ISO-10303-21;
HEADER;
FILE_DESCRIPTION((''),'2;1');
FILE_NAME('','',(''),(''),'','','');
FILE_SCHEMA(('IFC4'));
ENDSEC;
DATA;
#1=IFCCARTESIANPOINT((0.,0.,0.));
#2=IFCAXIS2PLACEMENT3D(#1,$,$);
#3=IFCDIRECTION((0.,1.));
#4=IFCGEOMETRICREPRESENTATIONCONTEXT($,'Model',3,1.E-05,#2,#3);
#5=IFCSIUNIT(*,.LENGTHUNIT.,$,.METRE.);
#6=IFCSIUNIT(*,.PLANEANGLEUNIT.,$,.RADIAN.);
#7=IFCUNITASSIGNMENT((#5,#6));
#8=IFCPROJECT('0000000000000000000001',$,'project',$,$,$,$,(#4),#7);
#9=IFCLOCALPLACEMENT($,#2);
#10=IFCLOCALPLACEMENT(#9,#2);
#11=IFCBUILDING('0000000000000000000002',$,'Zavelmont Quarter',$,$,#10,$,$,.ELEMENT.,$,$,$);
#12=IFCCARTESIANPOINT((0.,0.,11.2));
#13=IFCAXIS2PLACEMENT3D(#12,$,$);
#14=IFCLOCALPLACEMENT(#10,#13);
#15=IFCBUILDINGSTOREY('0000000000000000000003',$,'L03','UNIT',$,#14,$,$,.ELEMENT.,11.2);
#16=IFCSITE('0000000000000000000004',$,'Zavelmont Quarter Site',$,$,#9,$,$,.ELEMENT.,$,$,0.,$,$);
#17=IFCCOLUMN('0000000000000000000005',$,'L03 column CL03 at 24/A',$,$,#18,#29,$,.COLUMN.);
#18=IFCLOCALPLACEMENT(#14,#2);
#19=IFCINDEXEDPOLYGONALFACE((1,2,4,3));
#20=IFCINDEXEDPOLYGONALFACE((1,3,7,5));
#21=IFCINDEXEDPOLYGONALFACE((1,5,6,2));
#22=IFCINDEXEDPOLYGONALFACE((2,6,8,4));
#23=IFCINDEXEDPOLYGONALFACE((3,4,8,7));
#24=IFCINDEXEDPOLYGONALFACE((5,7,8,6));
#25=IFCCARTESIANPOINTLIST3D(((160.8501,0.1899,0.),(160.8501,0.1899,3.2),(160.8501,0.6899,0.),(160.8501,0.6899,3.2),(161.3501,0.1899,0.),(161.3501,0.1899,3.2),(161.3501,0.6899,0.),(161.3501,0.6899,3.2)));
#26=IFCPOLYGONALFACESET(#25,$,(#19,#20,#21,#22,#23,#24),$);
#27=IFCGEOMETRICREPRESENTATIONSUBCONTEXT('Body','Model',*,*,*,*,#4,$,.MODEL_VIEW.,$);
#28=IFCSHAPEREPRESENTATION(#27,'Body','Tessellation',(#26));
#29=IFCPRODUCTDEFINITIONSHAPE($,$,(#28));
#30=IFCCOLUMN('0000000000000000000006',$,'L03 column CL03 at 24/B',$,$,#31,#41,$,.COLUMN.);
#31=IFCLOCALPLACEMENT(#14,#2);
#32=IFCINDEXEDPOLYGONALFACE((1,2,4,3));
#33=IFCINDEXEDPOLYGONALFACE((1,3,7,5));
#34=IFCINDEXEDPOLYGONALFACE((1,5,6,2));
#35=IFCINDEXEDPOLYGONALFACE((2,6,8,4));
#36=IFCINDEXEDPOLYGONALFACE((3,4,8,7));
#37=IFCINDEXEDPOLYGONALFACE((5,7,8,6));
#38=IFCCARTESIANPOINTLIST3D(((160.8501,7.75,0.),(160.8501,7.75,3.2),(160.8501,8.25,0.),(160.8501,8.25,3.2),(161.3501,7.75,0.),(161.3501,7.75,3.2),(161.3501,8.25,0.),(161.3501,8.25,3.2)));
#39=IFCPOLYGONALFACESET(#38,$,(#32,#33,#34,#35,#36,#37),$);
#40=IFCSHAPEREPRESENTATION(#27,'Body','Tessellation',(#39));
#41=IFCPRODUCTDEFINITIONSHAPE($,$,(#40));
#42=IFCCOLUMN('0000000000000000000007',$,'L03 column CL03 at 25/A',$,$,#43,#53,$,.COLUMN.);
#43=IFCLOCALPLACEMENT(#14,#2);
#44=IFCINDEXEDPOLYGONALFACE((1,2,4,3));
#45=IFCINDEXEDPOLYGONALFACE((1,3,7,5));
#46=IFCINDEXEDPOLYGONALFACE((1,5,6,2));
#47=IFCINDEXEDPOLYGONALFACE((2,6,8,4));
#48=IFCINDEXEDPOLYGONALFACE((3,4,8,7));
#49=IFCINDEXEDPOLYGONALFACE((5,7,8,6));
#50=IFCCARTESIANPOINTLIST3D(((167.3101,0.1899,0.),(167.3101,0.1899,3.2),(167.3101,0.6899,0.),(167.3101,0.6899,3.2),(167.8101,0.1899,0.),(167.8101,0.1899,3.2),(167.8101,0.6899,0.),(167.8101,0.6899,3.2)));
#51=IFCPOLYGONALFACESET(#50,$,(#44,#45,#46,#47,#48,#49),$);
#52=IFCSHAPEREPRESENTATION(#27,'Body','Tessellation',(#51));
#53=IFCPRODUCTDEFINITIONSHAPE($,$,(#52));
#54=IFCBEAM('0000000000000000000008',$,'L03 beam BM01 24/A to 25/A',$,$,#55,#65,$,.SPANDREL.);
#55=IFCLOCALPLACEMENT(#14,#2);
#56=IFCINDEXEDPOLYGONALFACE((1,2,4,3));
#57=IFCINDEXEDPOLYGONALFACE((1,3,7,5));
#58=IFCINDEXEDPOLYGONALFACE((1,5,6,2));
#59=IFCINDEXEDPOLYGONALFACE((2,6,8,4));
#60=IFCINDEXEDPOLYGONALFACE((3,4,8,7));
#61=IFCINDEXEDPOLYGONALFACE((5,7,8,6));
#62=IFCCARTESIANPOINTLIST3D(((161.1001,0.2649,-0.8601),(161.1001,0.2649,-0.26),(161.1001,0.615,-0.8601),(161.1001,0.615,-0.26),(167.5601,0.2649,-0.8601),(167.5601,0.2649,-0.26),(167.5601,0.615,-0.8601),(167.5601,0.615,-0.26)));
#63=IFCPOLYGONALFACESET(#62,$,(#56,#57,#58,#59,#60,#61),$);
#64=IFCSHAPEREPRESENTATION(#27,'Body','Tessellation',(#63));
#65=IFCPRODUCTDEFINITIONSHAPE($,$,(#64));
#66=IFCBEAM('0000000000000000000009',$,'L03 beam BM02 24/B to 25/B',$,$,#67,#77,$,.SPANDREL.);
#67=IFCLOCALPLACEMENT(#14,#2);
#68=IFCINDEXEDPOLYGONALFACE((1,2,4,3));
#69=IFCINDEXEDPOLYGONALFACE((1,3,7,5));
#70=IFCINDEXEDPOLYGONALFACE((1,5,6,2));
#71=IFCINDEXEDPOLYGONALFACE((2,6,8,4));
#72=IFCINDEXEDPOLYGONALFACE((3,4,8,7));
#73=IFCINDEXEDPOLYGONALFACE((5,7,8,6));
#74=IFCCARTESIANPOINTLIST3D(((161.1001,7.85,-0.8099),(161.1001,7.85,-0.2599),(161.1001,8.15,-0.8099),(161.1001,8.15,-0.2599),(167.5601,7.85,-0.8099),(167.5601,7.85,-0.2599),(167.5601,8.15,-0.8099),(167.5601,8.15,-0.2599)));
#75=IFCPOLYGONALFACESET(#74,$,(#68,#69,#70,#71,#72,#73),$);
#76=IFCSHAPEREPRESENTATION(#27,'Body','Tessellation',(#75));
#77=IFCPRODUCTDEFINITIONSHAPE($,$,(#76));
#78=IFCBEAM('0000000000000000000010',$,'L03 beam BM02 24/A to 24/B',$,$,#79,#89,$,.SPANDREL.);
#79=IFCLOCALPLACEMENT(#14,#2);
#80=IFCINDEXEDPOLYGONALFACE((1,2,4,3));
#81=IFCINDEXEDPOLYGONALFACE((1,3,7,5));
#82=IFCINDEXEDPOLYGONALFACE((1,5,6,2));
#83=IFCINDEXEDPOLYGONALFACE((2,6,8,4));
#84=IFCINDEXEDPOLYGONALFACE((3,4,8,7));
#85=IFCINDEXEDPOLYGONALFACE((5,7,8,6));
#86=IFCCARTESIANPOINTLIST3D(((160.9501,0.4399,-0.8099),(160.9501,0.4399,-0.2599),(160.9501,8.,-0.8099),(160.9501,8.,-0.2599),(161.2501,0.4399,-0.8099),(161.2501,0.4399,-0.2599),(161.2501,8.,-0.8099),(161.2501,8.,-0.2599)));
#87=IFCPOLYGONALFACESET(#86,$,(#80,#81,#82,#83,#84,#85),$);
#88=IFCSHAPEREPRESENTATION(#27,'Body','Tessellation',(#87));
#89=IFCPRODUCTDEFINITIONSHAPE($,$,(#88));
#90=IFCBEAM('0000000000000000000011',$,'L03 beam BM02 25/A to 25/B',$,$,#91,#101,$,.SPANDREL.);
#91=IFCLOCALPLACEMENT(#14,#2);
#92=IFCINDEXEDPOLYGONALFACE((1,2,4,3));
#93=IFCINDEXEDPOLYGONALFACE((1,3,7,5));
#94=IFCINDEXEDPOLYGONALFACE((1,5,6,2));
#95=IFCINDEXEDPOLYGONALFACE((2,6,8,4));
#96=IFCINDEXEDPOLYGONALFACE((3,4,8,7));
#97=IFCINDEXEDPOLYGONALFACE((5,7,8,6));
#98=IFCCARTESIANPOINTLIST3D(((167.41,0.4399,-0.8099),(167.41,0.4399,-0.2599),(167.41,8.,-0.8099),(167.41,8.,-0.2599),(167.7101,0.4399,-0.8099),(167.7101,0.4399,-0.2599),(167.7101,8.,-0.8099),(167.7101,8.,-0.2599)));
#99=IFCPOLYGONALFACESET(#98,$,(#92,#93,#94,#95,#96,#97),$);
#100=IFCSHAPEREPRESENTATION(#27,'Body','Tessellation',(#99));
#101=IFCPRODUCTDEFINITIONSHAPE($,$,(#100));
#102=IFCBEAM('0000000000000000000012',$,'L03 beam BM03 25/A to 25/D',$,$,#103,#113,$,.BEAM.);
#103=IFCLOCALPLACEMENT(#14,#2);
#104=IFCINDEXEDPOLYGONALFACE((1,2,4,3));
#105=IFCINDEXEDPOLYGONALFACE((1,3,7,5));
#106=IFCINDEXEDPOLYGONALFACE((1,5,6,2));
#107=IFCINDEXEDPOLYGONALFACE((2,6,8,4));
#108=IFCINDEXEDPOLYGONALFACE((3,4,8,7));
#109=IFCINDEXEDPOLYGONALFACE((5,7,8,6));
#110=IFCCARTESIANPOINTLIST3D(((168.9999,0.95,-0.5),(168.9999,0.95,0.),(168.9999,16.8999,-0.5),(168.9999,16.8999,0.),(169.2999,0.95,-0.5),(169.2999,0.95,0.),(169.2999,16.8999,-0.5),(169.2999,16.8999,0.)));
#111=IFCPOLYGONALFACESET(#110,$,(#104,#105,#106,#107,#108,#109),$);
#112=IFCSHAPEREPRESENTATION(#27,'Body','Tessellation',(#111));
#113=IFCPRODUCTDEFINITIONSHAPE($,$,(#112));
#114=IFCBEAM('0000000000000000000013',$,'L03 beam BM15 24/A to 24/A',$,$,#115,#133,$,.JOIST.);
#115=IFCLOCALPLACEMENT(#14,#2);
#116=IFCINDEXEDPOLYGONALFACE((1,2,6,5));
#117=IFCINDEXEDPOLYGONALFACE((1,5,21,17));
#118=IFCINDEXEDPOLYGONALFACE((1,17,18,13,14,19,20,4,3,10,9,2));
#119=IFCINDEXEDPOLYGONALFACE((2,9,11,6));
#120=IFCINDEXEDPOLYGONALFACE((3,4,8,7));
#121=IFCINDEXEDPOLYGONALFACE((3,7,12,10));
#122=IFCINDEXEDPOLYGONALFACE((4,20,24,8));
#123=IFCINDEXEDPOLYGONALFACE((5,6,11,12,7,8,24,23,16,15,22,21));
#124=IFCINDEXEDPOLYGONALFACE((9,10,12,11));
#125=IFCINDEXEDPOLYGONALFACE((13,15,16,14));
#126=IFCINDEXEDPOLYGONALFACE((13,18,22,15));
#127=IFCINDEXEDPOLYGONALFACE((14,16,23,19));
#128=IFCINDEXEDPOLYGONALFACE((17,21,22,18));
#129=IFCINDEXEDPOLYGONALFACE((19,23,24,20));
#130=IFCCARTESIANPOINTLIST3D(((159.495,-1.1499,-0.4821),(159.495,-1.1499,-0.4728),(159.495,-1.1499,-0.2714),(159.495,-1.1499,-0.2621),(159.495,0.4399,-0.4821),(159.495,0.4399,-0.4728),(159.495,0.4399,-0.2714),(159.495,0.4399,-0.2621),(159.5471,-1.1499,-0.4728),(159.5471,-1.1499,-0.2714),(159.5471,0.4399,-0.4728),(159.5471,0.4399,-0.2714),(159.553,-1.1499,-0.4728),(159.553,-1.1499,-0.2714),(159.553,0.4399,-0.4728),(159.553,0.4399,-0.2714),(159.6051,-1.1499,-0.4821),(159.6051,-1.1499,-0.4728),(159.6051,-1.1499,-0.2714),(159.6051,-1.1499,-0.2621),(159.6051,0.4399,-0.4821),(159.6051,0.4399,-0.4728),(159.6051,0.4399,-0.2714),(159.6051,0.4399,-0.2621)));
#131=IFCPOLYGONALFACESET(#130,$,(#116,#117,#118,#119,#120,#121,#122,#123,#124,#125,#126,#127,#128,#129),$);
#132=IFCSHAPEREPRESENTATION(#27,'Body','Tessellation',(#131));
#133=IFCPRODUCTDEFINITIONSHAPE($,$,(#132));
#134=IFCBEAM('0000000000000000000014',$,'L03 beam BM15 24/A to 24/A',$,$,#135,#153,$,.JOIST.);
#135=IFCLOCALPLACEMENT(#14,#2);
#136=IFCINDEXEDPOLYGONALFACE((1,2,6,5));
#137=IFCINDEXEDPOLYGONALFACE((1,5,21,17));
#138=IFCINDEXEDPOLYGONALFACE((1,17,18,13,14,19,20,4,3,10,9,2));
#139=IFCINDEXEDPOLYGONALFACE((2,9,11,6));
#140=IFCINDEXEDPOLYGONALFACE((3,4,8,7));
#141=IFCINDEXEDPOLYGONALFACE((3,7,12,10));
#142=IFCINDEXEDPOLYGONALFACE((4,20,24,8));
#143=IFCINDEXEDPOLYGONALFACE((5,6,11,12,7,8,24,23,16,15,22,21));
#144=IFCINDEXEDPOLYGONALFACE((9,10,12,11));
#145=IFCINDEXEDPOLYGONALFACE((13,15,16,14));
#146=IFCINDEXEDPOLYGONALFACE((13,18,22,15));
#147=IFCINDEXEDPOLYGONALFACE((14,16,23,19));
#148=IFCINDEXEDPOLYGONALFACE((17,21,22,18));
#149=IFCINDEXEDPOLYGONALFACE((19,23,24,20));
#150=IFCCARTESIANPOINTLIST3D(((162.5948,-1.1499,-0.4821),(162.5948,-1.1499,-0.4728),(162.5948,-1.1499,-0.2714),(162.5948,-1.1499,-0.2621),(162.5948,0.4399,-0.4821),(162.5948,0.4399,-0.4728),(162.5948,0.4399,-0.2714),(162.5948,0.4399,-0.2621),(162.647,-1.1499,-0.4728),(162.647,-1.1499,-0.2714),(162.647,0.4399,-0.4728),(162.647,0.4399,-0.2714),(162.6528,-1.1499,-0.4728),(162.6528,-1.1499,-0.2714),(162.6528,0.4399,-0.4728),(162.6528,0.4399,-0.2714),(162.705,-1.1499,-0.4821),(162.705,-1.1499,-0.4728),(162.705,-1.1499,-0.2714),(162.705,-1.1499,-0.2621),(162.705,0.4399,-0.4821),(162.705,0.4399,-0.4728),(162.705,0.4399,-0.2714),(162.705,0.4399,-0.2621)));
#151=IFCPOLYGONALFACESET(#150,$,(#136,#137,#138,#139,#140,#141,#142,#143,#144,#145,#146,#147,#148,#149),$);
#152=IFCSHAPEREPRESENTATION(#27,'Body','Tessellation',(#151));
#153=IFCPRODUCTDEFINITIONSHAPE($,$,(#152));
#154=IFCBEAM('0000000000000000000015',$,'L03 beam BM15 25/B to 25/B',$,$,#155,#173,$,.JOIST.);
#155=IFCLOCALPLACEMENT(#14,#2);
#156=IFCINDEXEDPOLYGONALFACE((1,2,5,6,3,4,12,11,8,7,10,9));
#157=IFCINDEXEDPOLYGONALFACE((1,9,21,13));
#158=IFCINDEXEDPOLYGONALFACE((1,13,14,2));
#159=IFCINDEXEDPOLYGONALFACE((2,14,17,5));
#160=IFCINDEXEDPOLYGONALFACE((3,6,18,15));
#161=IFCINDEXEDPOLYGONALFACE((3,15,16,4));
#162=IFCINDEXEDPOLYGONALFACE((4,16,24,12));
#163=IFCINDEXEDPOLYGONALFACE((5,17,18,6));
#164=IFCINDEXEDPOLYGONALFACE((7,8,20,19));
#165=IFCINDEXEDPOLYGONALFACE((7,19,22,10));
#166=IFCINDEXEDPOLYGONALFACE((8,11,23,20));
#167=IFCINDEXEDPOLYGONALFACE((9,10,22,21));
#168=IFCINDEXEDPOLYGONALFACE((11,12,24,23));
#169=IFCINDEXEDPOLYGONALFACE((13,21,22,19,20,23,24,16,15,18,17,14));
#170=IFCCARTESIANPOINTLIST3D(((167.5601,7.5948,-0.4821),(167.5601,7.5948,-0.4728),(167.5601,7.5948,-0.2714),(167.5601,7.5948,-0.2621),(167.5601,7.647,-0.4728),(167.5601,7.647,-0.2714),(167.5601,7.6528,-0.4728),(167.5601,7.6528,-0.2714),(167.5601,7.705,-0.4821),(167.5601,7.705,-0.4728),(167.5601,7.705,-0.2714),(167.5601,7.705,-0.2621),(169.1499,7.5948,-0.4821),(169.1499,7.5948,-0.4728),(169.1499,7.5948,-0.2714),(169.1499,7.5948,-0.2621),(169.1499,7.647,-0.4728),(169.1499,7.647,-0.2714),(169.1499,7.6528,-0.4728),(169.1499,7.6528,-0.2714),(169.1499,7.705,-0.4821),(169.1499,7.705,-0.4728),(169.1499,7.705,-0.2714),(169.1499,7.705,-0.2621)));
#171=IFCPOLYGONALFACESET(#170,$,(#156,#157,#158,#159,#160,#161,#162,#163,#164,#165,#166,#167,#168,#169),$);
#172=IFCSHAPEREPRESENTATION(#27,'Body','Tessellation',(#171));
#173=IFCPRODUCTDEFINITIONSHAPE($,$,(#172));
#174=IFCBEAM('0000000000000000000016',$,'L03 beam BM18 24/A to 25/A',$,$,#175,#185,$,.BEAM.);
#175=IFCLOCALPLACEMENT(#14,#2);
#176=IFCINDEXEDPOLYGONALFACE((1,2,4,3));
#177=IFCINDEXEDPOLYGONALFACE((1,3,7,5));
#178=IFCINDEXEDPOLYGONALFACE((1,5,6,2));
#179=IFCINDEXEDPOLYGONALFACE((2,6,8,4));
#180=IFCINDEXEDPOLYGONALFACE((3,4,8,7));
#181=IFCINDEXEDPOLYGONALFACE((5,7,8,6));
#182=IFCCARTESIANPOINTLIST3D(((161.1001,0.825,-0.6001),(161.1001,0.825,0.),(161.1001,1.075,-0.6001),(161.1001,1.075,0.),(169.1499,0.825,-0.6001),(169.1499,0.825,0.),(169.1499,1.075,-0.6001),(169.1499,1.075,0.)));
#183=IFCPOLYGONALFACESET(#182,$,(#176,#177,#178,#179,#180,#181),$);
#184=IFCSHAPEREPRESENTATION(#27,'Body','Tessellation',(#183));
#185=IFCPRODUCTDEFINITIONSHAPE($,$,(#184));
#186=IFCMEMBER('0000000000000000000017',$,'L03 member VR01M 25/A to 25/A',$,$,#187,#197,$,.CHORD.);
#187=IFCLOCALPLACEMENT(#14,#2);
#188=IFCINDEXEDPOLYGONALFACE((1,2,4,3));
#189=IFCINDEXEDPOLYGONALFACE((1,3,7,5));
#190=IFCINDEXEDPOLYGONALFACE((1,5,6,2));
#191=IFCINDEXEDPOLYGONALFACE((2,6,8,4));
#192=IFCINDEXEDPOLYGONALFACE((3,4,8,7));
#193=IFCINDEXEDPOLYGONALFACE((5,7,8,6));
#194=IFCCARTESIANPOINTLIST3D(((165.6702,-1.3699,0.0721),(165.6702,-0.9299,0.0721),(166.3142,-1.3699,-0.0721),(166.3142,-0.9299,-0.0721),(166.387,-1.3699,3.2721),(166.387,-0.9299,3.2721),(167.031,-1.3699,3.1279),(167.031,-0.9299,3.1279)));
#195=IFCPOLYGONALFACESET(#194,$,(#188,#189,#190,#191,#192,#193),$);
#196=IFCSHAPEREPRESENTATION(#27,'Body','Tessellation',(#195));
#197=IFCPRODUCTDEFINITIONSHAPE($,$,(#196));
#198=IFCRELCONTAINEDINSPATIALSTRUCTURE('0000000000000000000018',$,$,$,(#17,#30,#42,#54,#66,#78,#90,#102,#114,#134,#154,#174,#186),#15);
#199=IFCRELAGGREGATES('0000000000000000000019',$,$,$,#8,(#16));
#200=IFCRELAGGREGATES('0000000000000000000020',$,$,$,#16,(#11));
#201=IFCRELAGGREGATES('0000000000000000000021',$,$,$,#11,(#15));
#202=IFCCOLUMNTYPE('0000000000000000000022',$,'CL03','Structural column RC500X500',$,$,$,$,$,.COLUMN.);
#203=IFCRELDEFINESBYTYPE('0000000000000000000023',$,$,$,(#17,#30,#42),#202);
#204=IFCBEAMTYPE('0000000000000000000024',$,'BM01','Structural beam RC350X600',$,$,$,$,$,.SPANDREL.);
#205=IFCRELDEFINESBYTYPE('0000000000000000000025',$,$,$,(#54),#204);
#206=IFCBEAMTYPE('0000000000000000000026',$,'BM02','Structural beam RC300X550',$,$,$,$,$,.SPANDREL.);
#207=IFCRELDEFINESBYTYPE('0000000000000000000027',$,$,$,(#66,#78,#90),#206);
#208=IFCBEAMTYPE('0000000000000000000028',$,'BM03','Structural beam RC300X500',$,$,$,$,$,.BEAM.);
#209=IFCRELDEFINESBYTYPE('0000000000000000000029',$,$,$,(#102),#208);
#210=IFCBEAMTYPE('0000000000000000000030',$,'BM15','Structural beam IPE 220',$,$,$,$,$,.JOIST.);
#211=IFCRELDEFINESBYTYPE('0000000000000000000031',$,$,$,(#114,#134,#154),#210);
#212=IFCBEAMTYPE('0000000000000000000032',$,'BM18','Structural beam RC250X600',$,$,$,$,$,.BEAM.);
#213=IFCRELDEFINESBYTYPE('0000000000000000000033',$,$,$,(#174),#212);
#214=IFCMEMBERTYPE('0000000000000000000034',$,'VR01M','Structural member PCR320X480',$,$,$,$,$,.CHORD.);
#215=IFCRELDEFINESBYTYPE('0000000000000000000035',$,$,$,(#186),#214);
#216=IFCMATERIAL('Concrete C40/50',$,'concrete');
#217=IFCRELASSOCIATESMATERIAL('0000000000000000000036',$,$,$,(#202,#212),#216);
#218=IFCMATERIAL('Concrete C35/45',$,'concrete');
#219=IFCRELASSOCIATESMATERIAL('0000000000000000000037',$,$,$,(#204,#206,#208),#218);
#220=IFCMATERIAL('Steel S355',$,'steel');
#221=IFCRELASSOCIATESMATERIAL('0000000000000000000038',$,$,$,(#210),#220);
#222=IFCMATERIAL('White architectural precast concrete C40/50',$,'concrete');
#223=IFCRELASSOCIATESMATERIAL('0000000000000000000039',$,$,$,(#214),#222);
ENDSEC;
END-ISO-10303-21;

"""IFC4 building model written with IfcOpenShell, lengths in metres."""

from ifc_helpers import new_model, si_unit, direction, frame, origin, origin_2d, place, context, subcontext, project, spatial, rectangle, i_section, extrude, material, material_profile, profile_set, type_object, element, save


model = new_model("IFC4")

# Units and contexts
model_context = context("Model", 3, precision=1e-05, world=origin(), true_north=direction((0.0, 1.0)))
body_context = subcontext(model_context, "Body", "Model", "MODEL_VIEW")
ifc_project = project(units=[si_unit("LENGTHUNIT", "METRE"), si_unit("PLANEANGLEUNIT", "RADIAN")], contexts=[model_context])

# Site, building, storey
site_placement = place(None, origin())
site = spatial("IfcSite", under=ifc_project, at=site_placement, Name="Zavelmont Quarter Site", CompositionType="ELEMENT", RefElevation=0.0)
building_placement = place(site_placement, origin())
building = spatial("IfcBuilding", under=site, at=building_placement, Name="Zavelmont Quarter", CompositionType="ELEMENT")
storey_placement = place(building_placement, frame((0.0, 0.0, 11.2)))
storey = spatial("IfcBuildingStorey", under=building, at=storey_placement, Name="L03", Description="UNIT", CompositionType="ELEMENT", Elevation=11.2)

# Columns
ifc_material_1 = material(Name="Concrete C40/50", Category="concrete")
ifc_material_profile_1 = material_profile(ifc_material_1, rectangle(XDim=0.5, YDim=0.5, at=origin_2d()), Name="RC500X500")
ifc_profile_set_1 = profile_set([ifc_material_profile_1], Name="Concrete C40/50")
column_type = type_object("IfcColumnType", Name="CL03", Description="Structural column RC500X500", PredefinedType="COLUMN", material=ifc_profile_set_1)
for number, where, z_axis, x_axis, name in (
    (1, (161.1001, 0.4399, 0.0), (0.0, 0.0, 1.0), (1.0, 0.0, 0.0), "L03 column CL03 at 24/A"),
    (2, (161.1001, 8.0, 0.0), (0.0, 0.0, 1.0), (1.0, 0.0, 0.0), "L03 column CL03 at 24/B"),
    (3, (167.5601, 0.4399, 0.0), (0.0, 0.0, 1.0), (1.0, 0.0, 0.0), "L03 column CL03 at 25/A"),
):
    element("IfcColumn", number, at=place(storey_placement, frame(where, z_axis=z_axis, x_axis=x_axis)), inside=storey, type_object=column_type, Name=name, PredefinedType="COLUMN", context=body_context, shape_type="SweptSolid", body=[
        extrude(rectangle(XDim=0.5, YDim=0.5, at=origin_2d()), origin(), (0.0, 0.0, 1.0), 3.2),
    ])

# Beams
ifc_material_2 = material(Name="Concrete C35/45", Category="concrete")
ifc_material_profile_2 = material_profile(ifc_material_2, rectangle(XDim=0.3501, YDim=0.6001, at=origin_2d()), Name="RC350X600")
ifc_profile_set_2 = profile_set([ifc_material_profile_2], Name="Concrete C35/45")
beam_type_1 = type_object("IfcBeamType", Name="BM01", Description="Structural beam RC350X600", PredefinedType="SPANDREL", material=ifc_profile_set_2)
beam_1_placement = place(storey_placement, frame((161.1001, 0.4399, -0.5601), z_axis=(1.0, 0.0, 0.0), x_axis=(0.0, 1.0, 0.0)))
element("IfcBeam", 4, at=beam_1_placement, inside=storey, type_object=beam_type_1, Name="L03 beam BM01 24/A to 25/A", PredefinedType="SPANDREL", context=body_context, shape_type="SweptSolid", body=[
    extrude(rectangle(XDim=0.3501, YDim=0.6001, at=origin_2d()), origin(), (0.0, 0.0, 1.0), 6.46),
])
ifc_material_profile_3 = material_profile(ifc_material_2, rectangle(XDim=0.3, YDim=0.55, at=origin_2d()), Name="RC300X550")
ifc_profile_set_3 = profile_set([ifc_material_profile_3], Name="Concrete C35/45")
beam_type_2 = type_object("IfcBeamType", Name="BM02", Description="Structural beam RC300X550", PredefinedType="SPANDREL", material=ifc_profile_set_3)
beam_2_placement = place(storey_placement, frame((161.1001, 8.0, -0.5349), z_axis=(1.0, 0.0, 0.0), x_axis=(0.0, 1.0, 0.0)))
element("IfcBeam", 5, at=beam_2_placement, inside=storey, type_object=beam_type_2, Name="L03 beam BM02 24/B to 25/B", PredefinedType="SPANDREL", context=body_context, shape_type="SweptSolid", body=[
    extrude(rectangle(XDim=0.3, YDim=0.55, at=origin_2d()), origin(), (0.0, 0.0, 1.0), 6.46),
])
for number, where, z_axis, x_axis, name in (
    (6, (161.1001, 0.4399, -0.5349), (0.0, 1.0, 0.0), (-1.0, 0.0, 0.0), "L03 beam BM02 24/A to 24/B"),
    (7, (167.5601, 0.4399, -0.5349), (0.0, 1.0, 0.0), (-1.0, 0.0, 0.0), "L03 beam BM02 25/A to 25/B"),
):
    element("IfcBeam", number, at=place(storey_placement, frame(where, z_axis=z_axis, x_axis=x_axis)), inside=storey, type_object=beam_type_2, Name=name, PredefinedType="SPANDREL", context=body_context, shape_type="SweptSolid", body=[
        extrude(rectangle(XDim=0.3, YDim=0.55, at=origin_2d()), origin(), (0.0, 0.0, 1.0), 7.5601),
    ])
ifc_material_profile_4 = material_profile(ifc_material_2, rectangle(XDim=0.3, YDim=0.5, at=origin_2d()), Name="RC300X500")
ifc_profile_set_4 = profile_set([ifc_material_profile_4], Name="Concrete C35/45")
beam_type_3 = type_object("IfcBeamType", Name="BM03", Description="Structural beam RC300X500", PredefinedType="BEAM", material=ifc_profile_set_4)
beam_3_placement = place(storey_placement, frame((169.1499, 0.95, -0.25), z_axis=(0.0, 1.0, 0.0), x_axis=(-1.0, 0.0, 0.0)))
element("IfcBeam", 8, at=beam_3_placement, inside=storey, type_object=beam_type_3, Name="L03 beam BM03 25/A to 25/D", PredefinedType="BEAM", context=body_context, shape_type="SweptSolid", body=[
    extrude(rectangle(XDim=0.3, YDim=0.5, at=origin_2d()), origin(), (0.0, 0.0, 1.0), 15.95),
])
ifc_material_3 = material(Name="Steel S355", Category="steel")
ifc_material_profile_5 = material_profile(ifc_material_3, i_section(OverallWidth=0.1101, OverallDepth=0.22, WebThickness=0.0059, FlangeThickness=0.0093, at=origin_2d()), Name="IPE 220")
ifc_profile_set_5 = profile_set([ifc_material_profile_5], Name="Steel S355")
beam_type_4 = type_object("IfcBeamType", Name="BM15", Description="Structural beam IPE 220", PredefinedType="JOIST", material=ifc_profile_set_5)
for number, where, z_axis, x_axis, name in (
    (9, (159.55, 0.4399, -0.3721), (0.0, -1.0, 0.0), (1.0, 0.0, 0.0), "L03 beam BM15 24/A to 24/A"),
    (10, (162.6499, 0.4399, -0.3721), (0.0, -1.0, 0.0), (1.0, 0.0, 0.0), "L03 beam BM15 24/A to 24/A"),
    (11, (167.5601, 7.6499, -0.3721), (1.0, 0.0, 0.0), (0.0, 1.0, 0.0), "L03 beam BM15 25/B to 25/B"),
):
    element("IfcBeam", number, at=place(storey_placement, frame(where, z_axis=z_axis, x_axis=x_axis)), inside=storey, type_object=beam_type_4, Name=name, PredefinedType="JOIST", context=body_context, shape_type="SweptSolid", body=[
        extrude(i_section(OverallWidth=0.1101, OverallDepth=0.22, WebThickness=0.0059, FlangeThickness=0.0093, at=origin_2d()), origin(), (0.0, 0.0, 1.0), 1.5898),
    ])
ifc_material_profile_6 = material_profile(ifc_material_1, rectangle(XDim=0.25, YDim=0.6001, at=origin_2d()), Name="RC250X600")
ifc_profile_set_6 = profile_set([ifc_material_profile_6], Name="Concrete C40/50")
beam_type_5 = type_object("IfcBeamType", Name="BM18", Description="Structural beam RC250X600", PredefinedType="BEAM", material=ifc_profile_set_6)
beam_4_placement = place(storey_placement, frame((161.1001, 0.95, -0.3), z_axis=(1.0, 0.0, 0.0), x_axis=(0.0, 1.0, 0.0)))
element("IfcBeam", 12, at=beam_4_placement, inside=storey, type_object=beam_type_5, Name="L03 beam BM18 24/A to 25/A", PredefinedType="BEAM", context=body_context, shape_type="SweptSolid", body=[
    extrude(rectangle(XDim=0.25, YDim=0.6001, at=origin_2d()), origin(), (0.0, 0.0, 1.0), 8.0498),
])

# Member
ifc_material_4 = material(Name="White architectural precast concrete C40/50", Category="concrete")
ifc_material_profile_7 = material_profile(ifc_material_4, rectangle(XDim=0.4399, YDim=0.6599, at=origin_2d()), Name="PCR320X480")
ifc_profile_set_7 = profile_set([ifc_material_profile_7], Name="White architectural precast concrete C40/50")
member_type = type_object("IfcMemberType", Name="VR01M", Description="Structural member PCR320X480", PredefinedType="CHORD", material=ifc_profile_set_7)
member_1_placement = place(storey_placement, frame((165.9922, -1.1499, 0.0), z_axis=(0.218586, 0.0, 0.975818), x_axis=(0.0, 1.0, 0.0)))
element("IfcMember", 13, at=member_1_placement, inside=storey, type_object=member_type, Name="L03 member VR01M 25/A to 25/A", PredefinedType="CHORD", context=body_context, shape_type="SweptSolid", body=[
    extrude(rectangle(XDim=0.4399, YDim=0.6599, at=origin_2d()), origin(), (0.0, 0.0, 1.0), 3.2793),
])

save(model, "model.ifc")
